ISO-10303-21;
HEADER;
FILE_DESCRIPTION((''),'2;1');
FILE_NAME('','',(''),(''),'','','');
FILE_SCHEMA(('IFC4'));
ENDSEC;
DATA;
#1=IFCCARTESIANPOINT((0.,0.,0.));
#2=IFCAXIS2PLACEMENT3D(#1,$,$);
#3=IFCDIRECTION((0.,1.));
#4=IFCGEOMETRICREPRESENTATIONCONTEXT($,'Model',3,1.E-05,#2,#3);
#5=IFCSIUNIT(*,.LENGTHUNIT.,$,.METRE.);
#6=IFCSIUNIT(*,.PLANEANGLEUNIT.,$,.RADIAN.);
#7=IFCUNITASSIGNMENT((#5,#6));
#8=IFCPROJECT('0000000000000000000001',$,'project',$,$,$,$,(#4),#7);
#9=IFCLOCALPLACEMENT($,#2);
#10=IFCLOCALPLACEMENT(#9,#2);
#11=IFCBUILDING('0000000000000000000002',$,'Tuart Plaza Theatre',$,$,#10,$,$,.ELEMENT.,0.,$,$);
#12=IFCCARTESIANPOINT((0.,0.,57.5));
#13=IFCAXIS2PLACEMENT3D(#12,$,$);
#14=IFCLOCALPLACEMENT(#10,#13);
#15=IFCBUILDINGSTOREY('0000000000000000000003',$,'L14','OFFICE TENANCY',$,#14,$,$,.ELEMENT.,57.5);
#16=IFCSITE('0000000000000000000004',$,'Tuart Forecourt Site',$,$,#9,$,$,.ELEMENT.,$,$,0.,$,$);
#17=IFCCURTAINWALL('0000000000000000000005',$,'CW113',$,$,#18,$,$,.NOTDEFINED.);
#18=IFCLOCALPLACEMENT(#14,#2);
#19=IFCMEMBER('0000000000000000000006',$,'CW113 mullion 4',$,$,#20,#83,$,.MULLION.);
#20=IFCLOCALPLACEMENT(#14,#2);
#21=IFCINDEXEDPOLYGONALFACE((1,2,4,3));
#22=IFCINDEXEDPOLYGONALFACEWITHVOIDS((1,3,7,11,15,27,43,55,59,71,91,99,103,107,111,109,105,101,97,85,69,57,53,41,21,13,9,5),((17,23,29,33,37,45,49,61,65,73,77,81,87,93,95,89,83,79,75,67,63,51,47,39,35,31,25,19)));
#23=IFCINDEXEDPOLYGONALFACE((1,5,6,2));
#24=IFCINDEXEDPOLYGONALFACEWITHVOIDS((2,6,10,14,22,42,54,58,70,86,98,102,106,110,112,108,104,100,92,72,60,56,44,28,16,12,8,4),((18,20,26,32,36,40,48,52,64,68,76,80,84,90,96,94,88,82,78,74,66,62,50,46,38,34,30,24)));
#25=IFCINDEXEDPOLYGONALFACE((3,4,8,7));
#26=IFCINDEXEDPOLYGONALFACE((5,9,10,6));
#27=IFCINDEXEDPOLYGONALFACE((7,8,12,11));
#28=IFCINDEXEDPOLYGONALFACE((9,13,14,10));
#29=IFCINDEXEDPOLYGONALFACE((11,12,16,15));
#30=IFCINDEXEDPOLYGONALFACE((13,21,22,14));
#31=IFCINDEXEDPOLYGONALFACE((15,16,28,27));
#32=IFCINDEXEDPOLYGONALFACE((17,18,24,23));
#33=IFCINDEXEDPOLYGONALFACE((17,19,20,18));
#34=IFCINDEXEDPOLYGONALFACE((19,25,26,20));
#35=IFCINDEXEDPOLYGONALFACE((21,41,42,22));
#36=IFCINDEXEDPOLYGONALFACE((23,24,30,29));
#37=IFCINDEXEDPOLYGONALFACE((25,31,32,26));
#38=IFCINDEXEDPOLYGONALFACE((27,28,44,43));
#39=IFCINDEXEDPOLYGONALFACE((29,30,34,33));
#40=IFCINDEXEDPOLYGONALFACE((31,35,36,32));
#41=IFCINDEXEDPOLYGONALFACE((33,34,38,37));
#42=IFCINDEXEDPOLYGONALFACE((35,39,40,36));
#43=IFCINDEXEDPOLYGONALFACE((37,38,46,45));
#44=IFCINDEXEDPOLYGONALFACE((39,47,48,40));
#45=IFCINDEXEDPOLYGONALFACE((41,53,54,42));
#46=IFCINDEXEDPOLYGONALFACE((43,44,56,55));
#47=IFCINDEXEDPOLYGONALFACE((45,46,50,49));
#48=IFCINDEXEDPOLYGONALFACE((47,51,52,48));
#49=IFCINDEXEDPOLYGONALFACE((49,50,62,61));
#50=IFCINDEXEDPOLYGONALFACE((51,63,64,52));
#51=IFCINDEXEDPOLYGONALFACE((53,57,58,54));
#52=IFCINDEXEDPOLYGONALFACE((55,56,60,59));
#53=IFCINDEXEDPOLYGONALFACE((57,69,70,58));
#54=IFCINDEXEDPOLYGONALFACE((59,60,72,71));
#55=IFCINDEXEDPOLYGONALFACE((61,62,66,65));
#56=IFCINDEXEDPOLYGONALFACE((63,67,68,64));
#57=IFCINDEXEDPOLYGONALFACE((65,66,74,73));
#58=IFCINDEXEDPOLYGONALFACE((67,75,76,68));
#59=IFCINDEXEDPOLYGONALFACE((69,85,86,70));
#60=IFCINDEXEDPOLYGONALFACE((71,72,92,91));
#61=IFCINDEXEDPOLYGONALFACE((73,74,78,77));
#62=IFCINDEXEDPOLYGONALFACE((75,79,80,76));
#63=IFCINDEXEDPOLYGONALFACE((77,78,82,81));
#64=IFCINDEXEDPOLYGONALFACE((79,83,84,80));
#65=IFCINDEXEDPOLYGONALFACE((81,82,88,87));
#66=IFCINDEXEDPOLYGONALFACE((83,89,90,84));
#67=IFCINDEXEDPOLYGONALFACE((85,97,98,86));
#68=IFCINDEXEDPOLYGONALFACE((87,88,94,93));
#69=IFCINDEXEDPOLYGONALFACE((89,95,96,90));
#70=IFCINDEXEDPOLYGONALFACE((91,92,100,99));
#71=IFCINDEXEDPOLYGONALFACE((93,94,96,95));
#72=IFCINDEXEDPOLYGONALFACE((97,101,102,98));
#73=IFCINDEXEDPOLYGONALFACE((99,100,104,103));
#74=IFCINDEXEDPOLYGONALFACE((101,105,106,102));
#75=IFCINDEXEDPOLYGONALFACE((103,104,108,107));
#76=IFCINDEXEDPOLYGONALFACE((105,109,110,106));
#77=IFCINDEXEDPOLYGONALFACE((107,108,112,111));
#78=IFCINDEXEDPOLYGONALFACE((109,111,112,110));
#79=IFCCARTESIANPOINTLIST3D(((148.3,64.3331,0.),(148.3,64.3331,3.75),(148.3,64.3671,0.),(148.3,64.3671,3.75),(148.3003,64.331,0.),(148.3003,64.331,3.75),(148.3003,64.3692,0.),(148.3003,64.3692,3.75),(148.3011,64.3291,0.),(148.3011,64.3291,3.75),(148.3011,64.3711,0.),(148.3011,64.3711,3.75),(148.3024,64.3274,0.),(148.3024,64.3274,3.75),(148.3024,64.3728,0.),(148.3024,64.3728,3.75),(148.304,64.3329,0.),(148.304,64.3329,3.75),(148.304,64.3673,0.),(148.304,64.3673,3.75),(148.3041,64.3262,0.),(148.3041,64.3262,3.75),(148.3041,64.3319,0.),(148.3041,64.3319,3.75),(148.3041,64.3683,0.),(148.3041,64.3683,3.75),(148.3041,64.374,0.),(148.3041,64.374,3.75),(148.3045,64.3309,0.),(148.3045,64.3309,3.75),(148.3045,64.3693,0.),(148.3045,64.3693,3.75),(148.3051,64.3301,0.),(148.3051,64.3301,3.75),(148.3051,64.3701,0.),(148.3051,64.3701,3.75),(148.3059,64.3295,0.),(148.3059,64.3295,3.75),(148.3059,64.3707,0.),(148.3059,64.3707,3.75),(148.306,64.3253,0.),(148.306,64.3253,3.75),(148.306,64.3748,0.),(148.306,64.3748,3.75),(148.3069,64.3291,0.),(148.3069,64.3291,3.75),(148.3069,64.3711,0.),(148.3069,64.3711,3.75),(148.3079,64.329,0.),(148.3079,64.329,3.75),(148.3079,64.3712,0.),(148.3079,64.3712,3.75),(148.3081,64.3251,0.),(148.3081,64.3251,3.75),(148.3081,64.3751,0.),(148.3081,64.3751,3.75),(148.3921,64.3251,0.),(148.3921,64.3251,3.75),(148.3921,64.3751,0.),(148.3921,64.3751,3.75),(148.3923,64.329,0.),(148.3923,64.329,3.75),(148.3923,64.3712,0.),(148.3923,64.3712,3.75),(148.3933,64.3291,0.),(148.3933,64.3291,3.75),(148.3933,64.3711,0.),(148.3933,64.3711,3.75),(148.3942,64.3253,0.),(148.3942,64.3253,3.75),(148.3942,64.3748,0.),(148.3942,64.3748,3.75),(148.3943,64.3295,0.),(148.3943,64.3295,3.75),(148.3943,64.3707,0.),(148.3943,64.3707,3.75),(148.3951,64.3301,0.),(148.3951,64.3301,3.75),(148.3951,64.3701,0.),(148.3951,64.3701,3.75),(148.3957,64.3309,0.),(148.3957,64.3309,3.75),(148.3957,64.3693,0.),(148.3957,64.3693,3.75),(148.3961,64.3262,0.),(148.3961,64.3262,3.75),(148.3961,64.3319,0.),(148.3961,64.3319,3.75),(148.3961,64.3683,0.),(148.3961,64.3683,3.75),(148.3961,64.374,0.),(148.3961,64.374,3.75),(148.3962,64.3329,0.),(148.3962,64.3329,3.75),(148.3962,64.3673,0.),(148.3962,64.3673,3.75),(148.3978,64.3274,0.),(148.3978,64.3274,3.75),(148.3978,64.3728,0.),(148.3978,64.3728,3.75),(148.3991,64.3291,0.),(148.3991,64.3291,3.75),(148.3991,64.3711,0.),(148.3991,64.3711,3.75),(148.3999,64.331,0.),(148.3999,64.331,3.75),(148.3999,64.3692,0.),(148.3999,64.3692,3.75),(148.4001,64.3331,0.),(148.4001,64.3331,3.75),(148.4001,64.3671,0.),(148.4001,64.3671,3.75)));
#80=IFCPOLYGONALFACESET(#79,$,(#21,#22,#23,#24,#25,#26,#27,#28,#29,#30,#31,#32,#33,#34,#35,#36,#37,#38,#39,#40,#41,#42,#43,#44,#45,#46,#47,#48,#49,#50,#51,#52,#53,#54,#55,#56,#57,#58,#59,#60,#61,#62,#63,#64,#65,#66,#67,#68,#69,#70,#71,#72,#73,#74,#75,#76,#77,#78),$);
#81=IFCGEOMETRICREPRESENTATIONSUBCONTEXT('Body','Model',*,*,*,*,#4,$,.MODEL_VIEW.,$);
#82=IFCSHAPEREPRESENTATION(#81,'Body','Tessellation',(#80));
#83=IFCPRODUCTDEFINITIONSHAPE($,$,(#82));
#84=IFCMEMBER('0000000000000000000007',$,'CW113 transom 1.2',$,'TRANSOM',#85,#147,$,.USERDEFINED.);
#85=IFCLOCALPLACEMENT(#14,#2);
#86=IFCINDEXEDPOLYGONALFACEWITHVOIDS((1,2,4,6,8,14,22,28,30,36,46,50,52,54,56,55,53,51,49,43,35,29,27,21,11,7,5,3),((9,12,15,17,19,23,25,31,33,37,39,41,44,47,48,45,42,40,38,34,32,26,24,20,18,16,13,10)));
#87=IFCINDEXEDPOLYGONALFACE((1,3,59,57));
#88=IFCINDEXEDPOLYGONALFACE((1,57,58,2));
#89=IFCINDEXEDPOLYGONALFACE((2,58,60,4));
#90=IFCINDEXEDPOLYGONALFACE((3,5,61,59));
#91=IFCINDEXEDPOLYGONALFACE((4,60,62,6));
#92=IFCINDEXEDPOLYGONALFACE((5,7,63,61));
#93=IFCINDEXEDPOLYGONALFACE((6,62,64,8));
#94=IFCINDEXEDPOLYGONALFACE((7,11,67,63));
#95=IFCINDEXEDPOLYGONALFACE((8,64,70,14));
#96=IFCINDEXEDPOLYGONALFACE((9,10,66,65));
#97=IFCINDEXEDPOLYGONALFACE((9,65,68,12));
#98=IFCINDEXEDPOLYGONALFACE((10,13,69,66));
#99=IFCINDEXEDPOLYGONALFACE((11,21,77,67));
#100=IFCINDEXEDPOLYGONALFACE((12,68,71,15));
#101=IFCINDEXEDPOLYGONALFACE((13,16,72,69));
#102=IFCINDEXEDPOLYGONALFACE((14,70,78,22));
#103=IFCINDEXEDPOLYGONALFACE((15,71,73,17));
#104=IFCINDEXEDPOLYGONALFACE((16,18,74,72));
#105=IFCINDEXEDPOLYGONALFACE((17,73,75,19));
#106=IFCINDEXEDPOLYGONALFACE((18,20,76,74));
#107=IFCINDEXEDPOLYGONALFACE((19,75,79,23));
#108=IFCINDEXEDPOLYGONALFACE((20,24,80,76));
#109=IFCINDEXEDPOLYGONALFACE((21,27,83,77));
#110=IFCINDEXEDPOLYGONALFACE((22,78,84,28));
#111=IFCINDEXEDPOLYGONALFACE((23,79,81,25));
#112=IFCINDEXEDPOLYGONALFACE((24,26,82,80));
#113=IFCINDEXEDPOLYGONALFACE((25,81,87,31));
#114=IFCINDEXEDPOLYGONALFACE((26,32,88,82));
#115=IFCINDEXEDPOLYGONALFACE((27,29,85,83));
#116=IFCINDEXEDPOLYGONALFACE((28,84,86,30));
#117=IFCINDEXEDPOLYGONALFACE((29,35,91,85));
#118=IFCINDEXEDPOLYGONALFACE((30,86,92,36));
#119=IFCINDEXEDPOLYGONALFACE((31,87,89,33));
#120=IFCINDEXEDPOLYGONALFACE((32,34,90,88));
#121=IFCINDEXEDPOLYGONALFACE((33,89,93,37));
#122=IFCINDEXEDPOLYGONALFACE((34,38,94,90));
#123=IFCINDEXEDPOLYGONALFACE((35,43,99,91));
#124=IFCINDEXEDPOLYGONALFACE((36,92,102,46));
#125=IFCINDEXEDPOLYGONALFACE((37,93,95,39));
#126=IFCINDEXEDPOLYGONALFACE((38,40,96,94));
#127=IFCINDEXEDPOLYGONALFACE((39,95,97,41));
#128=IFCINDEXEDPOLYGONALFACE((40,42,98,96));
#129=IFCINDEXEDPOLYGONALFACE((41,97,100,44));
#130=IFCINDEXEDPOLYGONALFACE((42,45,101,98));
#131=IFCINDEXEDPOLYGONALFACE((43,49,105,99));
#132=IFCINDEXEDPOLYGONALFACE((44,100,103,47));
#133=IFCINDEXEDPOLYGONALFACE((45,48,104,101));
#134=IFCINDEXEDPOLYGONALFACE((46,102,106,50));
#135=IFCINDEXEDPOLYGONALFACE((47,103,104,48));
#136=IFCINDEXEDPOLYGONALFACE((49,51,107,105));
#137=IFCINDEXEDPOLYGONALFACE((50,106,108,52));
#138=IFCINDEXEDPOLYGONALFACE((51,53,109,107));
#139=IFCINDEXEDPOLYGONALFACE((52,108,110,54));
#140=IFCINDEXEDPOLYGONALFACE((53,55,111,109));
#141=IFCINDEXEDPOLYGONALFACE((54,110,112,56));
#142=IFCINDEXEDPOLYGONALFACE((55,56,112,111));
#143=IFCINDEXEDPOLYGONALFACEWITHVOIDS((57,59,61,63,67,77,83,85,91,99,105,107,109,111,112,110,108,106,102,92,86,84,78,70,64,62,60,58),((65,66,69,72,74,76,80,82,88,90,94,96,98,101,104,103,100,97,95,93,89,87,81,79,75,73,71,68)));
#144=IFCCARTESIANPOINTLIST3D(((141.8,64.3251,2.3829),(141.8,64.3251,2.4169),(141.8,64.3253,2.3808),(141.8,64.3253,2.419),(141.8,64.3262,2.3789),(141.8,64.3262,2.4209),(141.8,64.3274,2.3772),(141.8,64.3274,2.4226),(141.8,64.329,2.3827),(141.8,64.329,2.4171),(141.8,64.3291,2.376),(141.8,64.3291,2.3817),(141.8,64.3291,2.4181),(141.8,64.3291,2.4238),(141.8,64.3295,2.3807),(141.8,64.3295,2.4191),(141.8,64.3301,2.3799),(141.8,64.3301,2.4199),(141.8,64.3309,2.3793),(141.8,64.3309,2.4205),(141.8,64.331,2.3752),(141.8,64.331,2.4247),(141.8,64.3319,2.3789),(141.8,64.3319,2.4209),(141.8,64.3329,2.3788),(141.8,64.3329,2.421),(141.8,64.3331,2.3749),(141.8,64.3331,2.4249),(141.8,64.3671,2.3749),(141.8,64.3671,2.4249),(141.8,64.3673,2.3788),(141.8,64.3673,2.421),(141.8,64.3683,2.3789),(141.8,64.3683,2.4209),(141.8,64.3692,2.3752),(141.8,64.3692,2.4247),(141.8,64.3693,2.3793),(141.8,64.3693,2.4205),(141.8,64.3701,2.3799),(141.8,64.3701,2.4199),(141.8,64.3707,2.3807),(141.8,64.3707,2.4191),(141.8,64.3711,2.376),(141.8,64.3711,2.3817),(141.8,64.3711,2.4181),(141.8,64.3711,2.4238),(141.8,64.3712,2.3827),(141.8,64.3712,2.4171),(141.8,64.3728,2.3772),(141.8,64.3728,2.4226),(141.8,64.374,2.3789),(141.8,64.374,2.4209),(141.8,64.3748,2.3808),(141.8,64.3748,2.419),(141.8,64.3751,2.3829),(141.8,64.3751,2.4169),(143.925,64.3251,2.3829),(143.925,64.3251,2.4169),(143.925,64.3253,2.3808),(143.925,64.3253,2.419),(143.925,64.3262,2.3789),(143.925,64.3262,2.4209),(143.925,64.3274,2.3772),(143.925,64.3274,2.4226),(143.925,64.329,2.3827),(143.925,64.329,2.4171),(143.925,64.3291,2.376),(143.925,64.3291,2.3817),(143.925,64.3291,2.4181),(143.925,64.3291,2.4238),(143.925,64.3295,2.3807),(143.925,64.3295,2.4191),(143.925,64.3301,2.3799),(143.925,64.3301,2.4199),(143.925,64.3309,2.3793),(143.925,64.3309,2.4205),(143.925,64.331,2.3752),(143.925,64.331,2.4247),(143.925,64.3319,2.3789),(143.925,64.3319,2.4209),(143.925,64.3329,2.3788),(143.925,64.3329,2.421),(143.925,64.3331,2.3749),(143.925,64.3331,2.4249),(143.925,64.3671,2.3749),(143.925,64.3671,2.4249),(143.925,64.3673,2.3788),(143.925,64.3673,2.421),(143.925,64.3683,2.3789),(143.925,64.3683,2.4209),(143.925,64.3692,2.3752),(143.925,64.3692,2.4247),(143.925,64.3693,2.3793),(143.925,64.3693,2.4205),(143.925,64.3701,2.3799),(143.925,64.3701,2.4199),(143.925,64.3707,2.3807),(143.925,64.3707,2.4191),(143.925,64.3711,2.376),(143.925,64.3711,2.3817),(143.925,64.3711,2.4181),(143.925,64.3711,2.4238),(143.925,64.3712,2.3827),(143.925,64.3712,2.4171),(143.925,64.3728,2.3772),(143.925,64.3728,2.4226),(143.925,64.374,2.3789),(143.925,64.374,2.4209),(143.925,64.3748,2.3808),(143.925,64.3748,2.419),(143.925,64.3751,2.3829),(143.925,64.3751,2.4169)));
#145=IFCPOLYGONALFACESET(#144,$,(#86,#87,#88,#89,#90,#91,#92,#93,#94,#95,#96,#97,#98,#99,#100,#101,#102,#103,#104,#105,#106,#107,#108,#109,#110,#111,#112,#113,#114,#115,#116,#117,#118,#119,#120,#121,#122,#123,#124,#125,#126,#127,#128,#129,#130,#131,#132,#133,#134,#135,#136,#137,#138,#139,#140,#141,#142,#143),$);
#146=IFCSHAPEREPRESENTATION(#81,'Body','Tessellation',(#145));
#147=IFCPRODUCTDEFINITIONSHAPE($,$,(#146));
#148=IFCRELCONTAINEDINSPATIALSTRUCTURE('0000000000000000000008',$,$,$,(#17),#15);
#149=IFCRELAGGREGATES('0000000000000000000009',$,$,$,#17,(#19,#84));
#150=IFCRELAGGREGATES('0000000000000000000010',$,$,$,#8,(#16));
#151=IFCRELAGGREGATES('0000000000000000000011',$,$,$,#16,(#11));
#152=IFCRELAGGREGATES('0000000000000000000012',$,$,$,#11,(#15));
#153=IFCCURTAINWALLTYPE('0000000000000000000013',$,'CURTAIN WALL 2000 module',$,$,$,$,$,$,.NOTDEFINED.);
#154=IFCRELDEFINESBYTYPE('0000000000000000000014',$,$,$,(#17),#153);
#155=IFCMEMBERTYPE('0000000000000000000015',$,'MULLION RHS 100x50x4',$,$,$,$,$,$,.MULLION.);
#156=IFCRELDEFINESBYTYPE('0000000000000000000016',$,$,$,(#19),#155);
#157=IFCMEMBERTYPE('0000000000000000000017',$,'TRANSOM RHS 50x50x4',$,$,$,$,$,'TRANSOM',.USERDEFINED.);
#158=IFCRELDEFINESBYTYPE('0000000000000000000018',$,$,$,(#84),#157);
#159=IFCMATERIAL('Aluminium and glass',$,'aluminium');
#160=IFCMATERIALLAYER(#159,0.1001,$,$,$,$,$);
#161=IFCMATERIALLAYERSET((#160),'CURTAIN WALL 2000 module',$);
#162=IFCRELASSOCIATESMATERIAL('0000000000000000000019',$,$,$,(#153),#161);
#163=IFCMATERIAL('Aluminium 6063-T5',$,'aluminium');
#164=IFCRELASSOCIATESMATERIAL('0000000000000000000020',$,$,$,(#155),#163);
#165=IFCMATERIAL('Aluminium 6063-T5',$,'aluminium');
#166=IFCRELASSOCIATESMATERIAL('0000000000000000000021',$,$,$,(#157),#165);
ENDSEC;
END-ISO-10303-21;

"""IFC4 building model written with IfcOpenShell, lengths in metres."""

from ifc_helpers import new_model, si_unit, direction, frame, origin, origin_2d, place, context, subcontext, project, spatial, hollow_rectangle, extrude, material, layer, layer_set, material_profile, profile_set, type_object, element, aggregate, save


model = new_model("IFC4")

# Units and contexts
model_context = context("Model", 3, precision=1e-05, world=origin(), true_north=direction((0.0, 1.0)))
body_context = subcontext(model_context, "Body", "Model", "MODEL_VIEW")
ifc_project = project(units=[si_unit("LENGTHUNIT", "METRE"), si_unit("PLANEANGLEUNIT", "RADIAN")], contexts=[model_context])

# Site, building, storey
site_placement = place(None, origin())
site = spatial("IfcSite", under=ifc_project, at=site_placement, Name="Tuart Forecourt Site", CompositionType="ELEMENT", RefElevation=0.0)
building_placement = place(site_placement, origin())
building = spatial("IfcBuilding", under=site, at=building_placement, Name="Tuart Plaza Theatre", CompositionType="ELEMENT", ElevationOfRefHeight=0.0)
storey_placement = place(building_placement, frame((0.0, 0.0, 57.5)))
storey = spatial("IfcBuildingStorey", under=building, at=storey_placement, Name="L14", Description="OFFICE TENANCY", CompositionType="ELEMENT", Elevation=57.5)

# Curtain wall, members
ifc_material_1 = material(Name="Aluminium and glass", Category="aluminium")
ifc_layer_1 = layer(ifc_material_1, 0.1001)
ifc_layer_set_1 = layer_set([ifc_layer_1], Name="CURTAIN WALL 2000 module")
curtain_wall_type = type_object("IfcCurtainWallType", Name="CURTAIN WALL 2000 module", PredefinedType="NOTDEFINED", material=ifc_layer_set_1)
curtain_wall_placement = place(storey_placement, origin())
curtain_wall = element("IfcCurtainWall", 1, at=curtain_wall_placement, inside=storey, type_object=curtain_wall_type, Name="CW113", PredefinedType="NOTDEFINED")
ifc_material_2 = material(Name="Aluminium 6063-T5", Category="aluminium")
ifc_material_profile_1 = material_profile(ifc_material_2, hollow_rectangle(XDim=0.05, YDim=0.1001, WallThickness=0.0039, InnerFilletRadius=0.0039, OuterFilletRadius=0.0081, at=origin_2d()), Name="RHS 100x50x4")
ifc_profile_set_1 = profile_set([ifc_material_profile_1], Name="Aluminium 6063-T5")
member_type_1 = type_object("IfcMemberType", Name="MULLION RHS 100x50x4", PredefinedType="MULLION", material=ifc_profile_set_1)
member_1_placement = place(storey_placement, frame((148.3501, 64.3501, 0.0), z_axis=(0.0, 0.0, 1.0), x_axis=(0.0, 1.0, 0.0)))
member_1 = element("IfcMember", 2, at=member_1_placement, type_object=member_type_1, Name="CW113 mullion 4", PredefinedType="MULLION", context=body_context, shape_type="SweptSolid", body=[
    extrude(hollow_rectangle(XDim=0.05, YDim=0.1001, WallThickness=0.0039, InnerFilletRadius=0.0039, OuterFilletRadius=0.0081, at=origin_2d()), origin(), (0.0, 0.0, 1.0), 3.75),
])
ifc_material_3 = material(Name="Aluminium 6063-T5", Category="aluminium")
ifc_material_profile_2 = material_profile(ifc_material_3, hollow_rectangle(XDim=0.05, YDim=0.05, WallThickness=0.0039, InnerFilletRadius=0.0039, OuterFilletRadius=0.0081, at=origin_2d()), Name="RHS 50x50x4")
ifc_profile_set_2 = profile_set([ifc_material_profile_2], Name="Aluminium 6063-T5")
member_type_2 = type_object("IfcMemberType", Name="TRANSOM RHS 50x50x4", ElementType="TRANSOM", PredefinedType="USERDEFINED", material=ifc_profile_set_2)
member_2_placement = place(storey_placement, frame((141.8, 64.3501, 2.3999), z_axis=(1.0, 0.0, 0.0), x_axis=(0.0, 1.0, 0.0)))
member_2 = element("IfcMember", 3, at=member_2_placement, type_object=member_type_2, Name="CW113 transom 1.2", ObjectType="TRANSOM", PredefinedType="USERDEFINED", context=body_context, shape_type="SweptSolid", body=[
    extrude(hollow_rectangle(XDim=0.05, YDim=0.05, WallThickness=0.0039, InnerFilletRadius=0.0039, OuterFilletRadius=0.0081, at=origin_2d()), origin(), (0.0, 0.0, 1.0), 2.125),
])
aggregate(curtain_wall, [member_1, member_2])

save(model, "model.ifc")
